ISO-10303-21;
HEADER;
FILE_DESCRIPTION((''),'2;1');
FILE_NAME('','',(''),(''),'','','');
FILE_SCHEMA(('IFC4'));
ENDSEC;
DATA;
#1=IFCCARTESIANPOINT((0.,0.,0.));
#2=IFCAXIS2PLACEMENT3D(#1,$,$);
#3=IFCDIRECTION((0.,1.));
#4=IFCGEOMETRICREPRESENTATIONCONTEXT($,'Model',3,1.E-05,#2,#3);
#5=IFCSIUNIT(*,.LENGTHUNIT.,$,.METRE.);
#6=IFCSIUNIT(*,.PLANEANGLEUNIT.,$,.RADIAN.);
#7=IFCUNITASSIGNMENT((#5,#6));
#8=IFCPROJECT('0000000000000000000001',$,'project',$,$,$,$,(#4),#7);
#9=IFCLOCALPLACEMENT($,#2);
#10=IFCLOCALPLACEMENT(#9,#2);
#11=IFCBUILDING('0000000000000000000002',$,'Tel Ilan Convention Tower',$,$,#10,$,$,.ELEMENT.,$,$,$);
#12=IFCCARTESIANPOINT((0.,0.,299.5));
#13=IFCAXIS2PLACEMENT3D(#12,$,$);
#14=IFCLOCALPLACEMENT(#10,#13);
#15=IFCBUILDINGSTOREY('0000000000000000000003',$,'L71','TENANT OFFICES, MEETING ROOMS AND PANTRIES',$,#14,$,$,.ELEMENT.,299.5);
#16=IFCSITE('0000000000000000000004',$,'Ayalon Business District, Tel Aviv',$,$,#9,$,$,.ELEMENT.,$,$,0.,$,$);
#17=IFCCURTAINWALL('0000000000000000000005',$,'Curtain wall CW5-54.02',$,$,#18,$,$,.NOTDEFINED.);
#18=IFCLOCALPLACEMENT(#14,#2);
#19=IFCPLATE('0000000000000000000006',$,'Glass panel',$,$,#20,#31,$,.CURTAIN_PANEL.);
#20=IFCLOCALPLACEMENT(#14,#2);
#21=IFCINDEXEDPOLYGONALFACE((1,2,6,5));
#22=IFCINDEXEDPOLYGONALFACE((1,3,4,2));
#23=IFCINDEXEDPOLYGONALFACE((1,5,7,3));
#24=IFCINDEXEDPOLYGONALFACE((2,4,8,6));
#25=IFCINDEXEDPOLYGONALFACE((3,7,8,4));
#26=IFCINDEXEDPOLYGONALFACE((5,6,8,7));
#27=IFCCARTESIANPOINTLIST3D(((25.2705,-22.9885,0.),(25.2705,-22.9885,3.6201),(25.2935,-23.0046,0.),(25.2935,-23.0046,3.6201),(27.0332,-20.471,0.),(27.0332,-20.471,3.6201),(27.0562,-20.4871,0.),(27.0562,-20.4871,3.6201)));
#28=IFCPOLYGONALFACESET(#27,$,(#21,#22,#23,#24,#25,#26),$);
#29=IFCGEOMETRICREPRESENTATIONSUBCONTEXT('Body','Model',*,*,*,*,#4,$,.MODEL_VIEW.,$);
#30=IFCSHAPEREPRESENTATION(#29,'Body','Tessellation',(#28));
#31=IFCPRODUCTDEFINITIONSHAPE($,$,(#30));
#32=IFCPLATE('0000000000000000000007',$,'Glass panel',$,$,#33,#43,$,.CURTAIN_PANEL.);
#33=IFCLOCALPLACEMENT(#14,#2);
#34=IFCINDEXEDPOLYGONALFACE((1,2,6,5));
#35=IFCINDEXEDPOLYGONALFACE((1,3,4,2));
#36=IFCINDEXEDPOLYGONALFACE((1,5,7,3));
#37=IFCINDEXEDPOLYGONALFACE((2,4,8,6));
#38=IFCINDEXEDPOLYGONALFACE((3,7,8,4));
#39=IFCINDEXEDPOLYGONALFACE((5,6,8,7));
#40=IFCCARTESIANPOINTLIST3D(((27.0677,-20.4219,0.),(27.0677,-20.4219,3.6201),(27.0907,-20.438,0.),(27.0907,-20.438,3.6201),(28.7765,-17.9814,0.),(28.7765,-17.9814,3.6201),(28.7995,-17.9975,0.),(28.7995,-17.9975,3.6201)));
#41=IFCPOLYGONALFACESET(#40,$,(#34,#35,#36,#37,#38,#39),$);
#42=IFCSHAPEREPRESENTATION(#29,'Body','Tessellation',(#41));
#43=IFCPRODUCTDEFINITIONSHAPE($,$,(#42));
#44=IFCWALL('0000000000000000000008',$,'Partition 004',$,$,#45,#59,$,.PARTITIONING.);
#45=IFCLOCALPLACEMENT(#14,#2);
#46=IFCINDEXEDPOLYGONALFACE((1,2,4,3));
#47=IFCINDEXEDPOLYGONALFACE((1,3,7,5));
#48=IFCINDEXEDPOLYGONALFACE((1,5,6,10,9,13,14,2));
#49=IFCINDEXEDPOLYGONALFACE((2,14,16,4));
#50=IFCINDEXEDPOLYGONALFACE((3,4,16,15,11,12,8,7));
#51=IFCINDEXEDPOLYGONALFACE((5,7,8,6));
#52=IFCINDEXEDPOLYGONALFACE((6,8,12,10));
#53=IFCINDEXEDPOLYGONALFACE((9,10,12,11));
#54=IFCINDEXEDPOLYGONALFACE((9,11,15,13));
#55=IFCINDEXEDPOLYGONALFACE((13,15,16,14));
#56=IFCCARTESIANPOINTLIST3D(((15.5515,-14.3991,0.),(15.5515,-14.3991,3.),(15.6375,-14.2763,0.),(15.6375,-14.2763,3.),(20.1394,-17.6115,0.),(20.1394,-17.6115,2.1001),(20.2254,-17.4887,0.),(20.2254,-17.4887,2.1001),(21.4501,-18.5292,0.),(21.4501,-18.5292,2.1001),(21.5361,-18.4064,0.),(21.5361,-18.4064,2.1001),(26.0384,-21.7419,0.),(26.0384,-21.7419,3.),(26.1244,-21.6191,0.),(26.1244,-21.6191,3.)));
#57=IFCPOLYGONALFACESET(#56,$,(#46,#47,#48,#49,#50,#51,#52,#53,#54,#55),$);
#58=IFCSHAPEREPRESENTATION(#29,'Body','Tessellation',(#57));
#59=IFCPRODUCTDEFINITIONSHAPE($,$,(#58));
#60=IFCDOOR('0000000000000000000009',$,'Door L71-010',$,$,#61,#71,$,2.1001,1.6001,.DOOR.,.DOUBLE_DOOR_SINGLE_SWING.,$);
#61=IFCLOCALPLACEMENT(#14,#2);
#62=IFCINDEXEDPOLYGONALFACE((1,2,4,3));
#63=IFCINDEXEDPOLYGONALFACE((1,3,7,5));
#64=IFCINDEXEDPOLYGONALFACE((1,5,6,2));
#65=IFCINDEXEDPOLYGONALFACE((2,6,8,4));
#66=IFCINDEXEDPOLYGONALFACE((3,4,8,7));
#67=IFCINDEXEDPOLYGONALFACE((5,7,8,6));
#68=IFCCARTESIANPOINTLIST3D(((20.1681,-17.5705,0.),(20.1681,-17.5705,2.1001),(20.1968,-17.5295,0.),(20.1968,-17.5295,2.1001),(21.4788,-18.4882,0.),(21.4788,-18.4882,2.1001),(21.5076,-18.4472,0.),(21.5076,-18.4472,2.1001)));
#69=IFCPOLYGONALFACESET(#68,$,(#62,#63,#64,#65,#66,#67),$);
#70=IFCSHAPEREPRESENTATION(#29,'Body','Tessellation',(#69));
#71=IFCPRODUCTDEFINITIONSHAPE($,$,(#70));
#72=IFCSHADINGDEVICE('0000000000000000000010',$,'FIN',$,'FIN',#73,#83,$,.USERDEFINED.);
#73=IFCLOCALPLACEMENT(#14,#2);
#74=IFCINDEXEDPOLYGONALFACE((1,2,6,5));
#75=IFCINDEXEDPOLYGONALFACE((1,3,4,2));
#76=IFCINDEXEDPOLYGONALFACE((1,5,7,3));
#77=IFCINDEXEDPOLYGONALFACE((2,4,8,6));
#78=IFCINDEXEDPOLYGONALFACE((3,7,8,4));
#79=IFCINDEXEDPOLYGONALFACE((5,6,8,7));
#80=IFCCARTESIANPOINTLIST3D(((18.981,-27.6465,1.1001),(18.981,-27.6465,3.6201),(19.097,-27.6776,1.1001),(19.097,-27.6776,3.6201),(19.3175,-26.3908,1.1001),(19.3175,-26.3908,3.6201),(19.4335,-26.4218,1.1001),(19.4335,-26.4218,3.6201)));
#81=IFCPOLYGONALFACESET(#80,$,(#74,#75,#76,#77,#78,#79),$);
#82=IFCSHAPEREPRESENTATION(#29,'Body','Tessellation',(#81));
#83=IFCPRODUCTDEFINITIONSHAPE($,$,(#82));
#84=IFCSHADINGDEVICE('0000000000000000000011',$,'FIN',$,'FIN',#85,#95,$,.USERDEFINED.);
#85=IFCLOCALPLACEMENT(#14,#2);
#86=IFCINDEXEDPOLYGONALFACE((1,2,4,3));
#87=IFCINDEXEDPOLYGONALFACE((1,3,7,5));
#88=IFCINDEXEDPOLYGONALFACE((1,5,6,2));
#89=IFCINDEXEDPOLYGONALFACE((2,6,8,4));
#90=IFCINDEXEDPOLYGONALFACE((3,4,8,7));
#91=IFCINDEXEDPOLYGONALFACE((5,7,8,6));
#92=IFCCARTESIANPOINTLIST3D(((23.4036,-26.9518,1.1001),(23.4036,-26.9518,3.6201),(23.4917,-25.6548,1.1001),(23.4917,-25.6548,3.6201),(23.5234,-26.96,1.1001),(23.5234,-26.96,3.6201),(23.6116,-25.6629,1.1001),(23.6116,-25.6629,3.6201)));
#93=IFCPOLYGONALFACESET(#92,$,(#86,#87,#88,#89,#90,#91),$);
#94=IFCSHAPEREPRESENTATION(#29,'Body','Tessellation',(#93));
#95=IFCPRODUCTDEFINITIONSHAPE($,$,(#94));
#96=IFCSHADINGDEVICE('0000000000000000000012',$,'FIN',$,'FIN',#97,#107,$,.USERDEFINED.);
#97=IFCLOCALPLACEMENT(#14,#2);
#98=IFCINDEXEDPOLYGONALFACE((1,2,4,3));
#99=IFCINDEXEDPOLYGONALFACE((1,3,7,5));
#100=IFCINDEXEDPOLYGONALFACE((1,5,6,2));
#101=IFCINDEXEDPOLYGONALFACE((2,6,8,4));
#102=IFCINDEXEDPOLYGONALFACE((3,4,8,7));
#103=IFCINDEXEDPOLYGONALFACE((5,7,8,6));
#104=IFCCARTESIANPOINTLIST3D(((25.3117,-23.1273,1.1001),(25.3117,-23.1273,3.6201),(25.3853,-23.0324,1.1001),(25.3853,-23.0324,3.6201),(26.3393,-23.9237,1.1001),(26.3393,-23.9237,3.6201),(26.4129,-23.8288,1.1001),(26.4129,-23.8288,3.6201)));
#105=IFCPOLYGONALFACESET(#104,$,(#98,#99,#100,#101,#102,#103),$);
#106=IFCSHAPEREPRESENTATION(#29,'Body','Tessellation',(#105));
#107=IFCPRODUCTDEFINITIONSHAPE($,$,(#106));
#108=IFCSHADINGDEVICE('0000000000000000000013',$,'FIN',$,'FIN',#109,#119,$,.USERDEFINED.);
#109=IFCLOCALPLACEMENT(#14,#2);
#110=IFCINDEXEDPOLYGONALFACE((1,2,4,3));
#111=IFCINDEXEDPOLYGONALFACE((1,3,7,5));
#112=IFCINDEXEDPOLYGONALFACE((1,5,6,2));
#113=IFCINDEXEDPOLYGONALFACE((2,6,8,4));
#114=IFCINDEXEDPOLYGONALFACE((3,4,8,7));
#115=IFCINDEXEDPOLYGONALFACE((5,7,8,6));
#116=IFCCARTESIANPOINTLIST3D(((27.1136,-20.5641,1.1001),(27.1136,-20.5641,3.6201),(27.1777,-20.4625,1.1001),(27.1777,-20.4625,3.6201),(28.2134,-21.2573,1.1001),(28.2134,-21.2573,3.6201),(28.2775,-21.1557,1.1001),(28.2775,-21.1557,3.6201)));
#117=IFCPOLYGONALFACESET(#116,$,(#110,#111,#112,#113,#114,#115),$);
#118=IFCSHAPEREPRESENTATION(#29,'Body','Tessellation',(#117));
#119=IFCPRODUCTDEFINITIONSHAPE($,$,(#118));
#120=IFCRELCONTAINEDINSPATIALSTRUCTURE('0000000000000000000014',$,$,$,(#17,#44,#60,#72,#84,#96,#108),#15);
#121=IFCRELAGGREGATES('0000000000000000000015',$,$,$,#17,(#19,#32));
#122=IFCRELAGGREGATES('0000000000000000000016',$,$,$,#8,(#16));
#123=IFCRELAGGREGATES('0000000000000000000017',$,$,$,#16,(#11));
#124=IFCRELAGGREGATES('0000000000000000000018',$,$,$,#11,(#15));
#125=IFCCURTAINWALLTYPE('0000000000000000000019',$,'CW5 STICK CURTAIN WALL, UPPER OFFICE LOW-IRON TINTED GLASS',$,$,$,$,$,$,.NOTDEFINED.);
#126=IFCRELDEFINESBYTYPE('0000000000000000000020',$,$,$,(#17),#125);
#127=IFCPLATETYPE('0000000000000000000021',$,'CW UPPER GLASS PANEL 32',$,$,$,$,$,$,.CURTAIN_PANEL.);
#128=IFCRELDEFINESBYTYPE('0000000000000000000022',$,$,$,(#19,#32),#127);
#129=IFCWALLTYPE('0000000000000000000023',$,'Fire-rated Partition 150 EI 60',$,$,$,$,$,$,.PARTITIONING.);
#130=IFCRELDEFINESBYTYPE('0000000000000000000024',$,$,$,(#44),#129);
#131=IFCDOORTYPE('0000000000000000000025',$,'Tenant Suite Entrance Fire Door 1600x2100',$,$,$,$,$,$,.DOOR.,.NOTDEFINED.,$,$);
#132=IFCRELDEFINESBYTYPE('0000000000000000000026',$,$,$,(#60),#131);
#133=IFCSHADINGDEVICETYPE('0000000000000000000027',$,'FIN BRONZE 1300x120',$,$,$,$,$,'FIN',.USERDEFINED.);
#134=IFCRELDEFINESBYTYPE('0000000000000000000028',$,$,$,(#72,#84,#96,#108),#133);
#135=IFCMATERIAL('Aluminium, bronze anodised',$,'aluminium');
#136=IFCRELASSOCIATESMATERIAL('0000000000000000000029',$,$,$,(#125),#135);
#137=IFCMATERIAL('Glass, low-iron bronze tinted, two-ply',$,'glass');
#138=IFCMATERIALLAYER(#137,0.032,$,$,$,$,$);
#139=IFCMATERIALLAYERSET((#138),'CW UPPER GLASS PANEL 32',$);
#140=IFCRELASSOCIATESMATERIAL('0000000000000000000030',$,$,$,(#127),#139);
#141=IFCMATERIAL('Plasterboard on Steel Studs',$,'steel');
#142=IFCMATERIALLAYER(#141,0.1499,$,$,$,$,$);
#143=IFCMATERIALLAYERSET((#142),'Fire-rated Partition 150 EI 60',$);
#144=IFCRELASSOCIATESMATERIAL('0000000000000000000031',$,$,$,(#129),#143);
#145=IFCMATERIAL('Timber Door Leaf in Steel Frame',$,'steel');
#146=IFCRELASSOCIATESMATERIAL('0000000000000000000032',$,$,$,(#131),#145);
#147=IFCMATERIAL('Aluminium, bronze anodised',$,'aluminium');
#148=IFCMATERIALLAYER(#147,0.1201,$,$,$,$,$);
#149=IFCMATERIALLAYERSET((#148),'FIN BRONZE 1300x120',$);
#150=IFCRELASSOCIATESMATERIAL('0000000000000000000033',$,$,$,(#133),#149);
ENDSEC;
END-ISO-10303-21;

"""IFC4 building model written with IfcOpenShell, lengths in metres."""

from ifc_helpers import new_model, si_unit, direction, frame, frame_2d, origin, origin_2d, place, context, subcontext, project, spatial, rectangle, extrude, material, layer, layer_set, type_object, element, fill, aggregate, save


model = new_model("IFC4")

# Units and contexts
model_context = context("Model", 3, precision=1e-05, world=origin(), true_north=direction((0.0, 1.0)))
body_context = subcontext(model_context, "Body", "Model", "MODEL_VIEW")
ifc_project = project(units=[si_unit("LENGTHUNIT", "METRE"), si_unit("PLANEANGLEUNIT", "RADIAN")], contexts=[model_context])

# Site, building, storey
site_placement = place(None, origin())
site = spatial("IfcSite", under=ifc_project, at=site_placement, Name="Ayalon Business District, Tel Aviv", CompositionType="ELEMENT", RefElevation=0.0)
building_placement = place(site_placement, origin())
building = spatial("IfcBuilding", under=site, at=building_placement, Name="Tel Ilan Convention Tower", CompositionType="ELEMENT")
storey_placement = place(building_placement, frame((0.0, 0.0, 299.5)))
storey = spatial("IfcBuildingStorey", under=building, at=storey_placement, Name="L71", Description="TENANT OFFICES, MEETING ROOMS AND PANTRIES", CompositionType="ELEMENT", Elevation=299.5)

# Curtain wall, plates
ifc_material_1 = material(Name="Aluminium, bronze anodised", Category="aluminium")
curtain_wall_type = type_object("IfcCurtainWallType", Name="CW5 STICK CURTAIN WALL, UPPER OFFICE LOW-IRON TINTED GLASS", PredefinedType="NOTDEFINED", material=ifc_material_1)
curtain_wall_placement = place(storey_placement, origin())
curtain_wall = element("IfcCurtainWall", 1, at=curtain_wall_placement, inside=storey, type_object=curtain_wall_type, Name="Curtain wall CW5-54.02", PredefinedType="NOTDEFINED")
ifc_material_2 = material(Name="Glass, low-iron bronze tinted, two-ply", Category="glass")
ifc_layer_1 = layer(ifc_material_2, 0.032)
ifc_layer_set_1 = layer_set([ifc_layer_1], Name="CW UPPER GLASS PANEL 32")
plate_type = type_object("IfcPlateType", Name="CW UPPER GLASS PANEL 32", PredefinedType="CURTAIN_PANEL", material=ifc_layer_set_1)
plate_1_placement = place(storey_placement, frame((26.1633, -21.7378, 0.0), z_axis=(0.0, 0.0, 1.0), x_axis=(0.573576, 0.819152, 0.0)))
plate_1 = element("IfcPlate", 2, at=plate_1_placement, type_object=plate_type, Name="Glass panel", PredefinedType="CURTAIN_PANEL", context=body_context, shape_type="SweptSolid", body=[
    extrude(rectangle(XDim=3.0732, YDim=0.0281, at=origin_2d()), origin(), (0.0, 0.0, 1.0), 3.6201),
])
plate_2_placement = place(storey_placement, frame((27.9336, -19.2097, 0.0), z_axis=(0.0, 0.0, 1.0), x_axis=(0.573576, 0.819152, 0.0)))
plate_2 = element("IfcPlate", 3, at=plate_2_placement, type_object=plate_type, Name="Glass panel", PredefinedType="CURTAIN_PANEL", context=body_context, shape_type="SweptSolid", body=[
    extrude(rectangle(XDim=2.9792, YDim=0.0281, at=origin_2d()), origin(), (0.0, 0.0, 1.0), 3.6201),
])
aggregate(curtain_wall, [plate_1, plate_2])

# Wall, opening, door
ifc_material_3 = material(Name="Plasterboard on Steel Studs", Category="steel")
ifc_layer_2 = layer(ifc_material_3, 0.1499)
ifc_layer_set_2 = layer_set([ifc_layer_2], Name="Fire-rated Partition 150 EI 60")
wall_type = type_object("IfcWallType", Name="Fire-rated Partition 150 EI 60", PredefinedType="PARTITIONING", material=ifc_layer_set_2)
wall_placement = place(storey_placement, frame((26.0813, -21.6804, 0.0), z_axis=(0.0, 0.0, 1.0), x_axis=(-0.819158, 0.573567, 0.0)))
wall = element("IfcWall", 4, at=wall_placement, inside=storey, type_object=wall_type, Name="Partition 004", PredefinedType="PARTITIONING", context=body_context, shape_type="SweptSolid", body=[
    extrude(rectangle(XDim=12.802, YDim=0.1499, at=frame_2d((6.4009, 0.0))), origin(), (0.0, 0.0, 1.0), 3.0),
])
opening_placement = place(wall_placement, frame((5.6011, 0.0, 0.0)))
opening = element("IfcOpeningElement", 5, at=opening_placement, cuts=wall, PredefinedType="OPENING", context=body_context, shape_type="SweptSolid", body=[
    extrude(rectangle(XDim=1.6001, YDim=2.1001, at=frame_2d((0.8, 1.05))), frame((0.0, 0.085, 0.0), z_axis=(0.0, -1.0, 0.0), x_axis=(1.0, 0.0, 0.0)), (0.0, 0.0, 1.0), 0.1699),
])
ifc_material_4 = material(Name="Timber Door Leaf in Steel Frame", Category="steel")
door_type = type_object("IfcDoorType", Name="Tenant Suite Entrance Fire Door 1600x2100", OperationType="NOTDEFINED", PredefinedType="DOOR", material=ifc_material_4)
door_placement = place(opening_placement, origin())
door = element("IfcDoor", 6, at=door_placement, inside=storey, type_object=door_type, Name="Door L71-010", OperationType="DOUBLE_DOOR_SINGLE_SWING", OverallHeight=2.1001, OverallWidth=1.6001, PredefinedType="DOOR", context=body_context, shape_type="SweptSolid", body=[
    extrude(rectangle(XDim=1.6001, YDim=2.1001, at=frame_2d((0.8, 1.05))), frame((0.0, 0.0249, 0.0), z_axis=(0.0, -1.0, 0.0), x_axis=(1.0, 0.0, 0.0)), (0.0, 0.0, 1.0), 0.05),
])
fill(opening, door)

# Shading devices
ifc_material_5 = material(Name="Aluminium, bronze anodised", Category="aluminium")
ifc_layer_3 = layer(ifc_material_5, 0.1201)
ifc_layer_set_3 = layer_set([ifc_layer_3], Name="FIN BRONZE 1300x120")
shading_device_type = type_object("IfcShadingDeviceType", Name="FIN BRONZE 1300x120", ElementType="FIN", PredefinedType="USERDEFINED", material=ifc_layer_set_3)
for number, where, z_axis, x_axis, name in (
    (7, (19.2073, -27.0342, 1.1001), (0.0, 0.0, 1.0), (-0.258819, -0.965926, 0.0), "FIN"),
    (8, (23.5076, -26.3074, 1.1001), (0.0, 0.0, 1.0), (-0.067822, -0.997697, 0.0), "FIN"),
    (9, (25.8623, -23.478, 1.1001), (0.0, 0.0, 1.0), (0.790393, -0.612601, 0.0), "FIN"),
    (10, (27.6956, -20.8599, 1.1001), (0.0, 0.0, 1.0), (0.845986, -0.533204, 0.0), "FIN"),
):
    element("IfcShadingDevice", number, at=place(storey_placement, frame(where, z_axis=z_axis, x_axis=x_axis)), inside=storey, type_object=shading_device_type, Name=name, ObjectType="FIN", PredefinedType="USERDEFINED", context=body_context, shape_type="SweptSolid", body=[
        extrude(rectangle(XDim=1.3, YDim=0.1201, at=origin_2d()), origin(), (0.0, 0.0, 1.0), 2.52),
    ])

save(model, "model.ifc")
